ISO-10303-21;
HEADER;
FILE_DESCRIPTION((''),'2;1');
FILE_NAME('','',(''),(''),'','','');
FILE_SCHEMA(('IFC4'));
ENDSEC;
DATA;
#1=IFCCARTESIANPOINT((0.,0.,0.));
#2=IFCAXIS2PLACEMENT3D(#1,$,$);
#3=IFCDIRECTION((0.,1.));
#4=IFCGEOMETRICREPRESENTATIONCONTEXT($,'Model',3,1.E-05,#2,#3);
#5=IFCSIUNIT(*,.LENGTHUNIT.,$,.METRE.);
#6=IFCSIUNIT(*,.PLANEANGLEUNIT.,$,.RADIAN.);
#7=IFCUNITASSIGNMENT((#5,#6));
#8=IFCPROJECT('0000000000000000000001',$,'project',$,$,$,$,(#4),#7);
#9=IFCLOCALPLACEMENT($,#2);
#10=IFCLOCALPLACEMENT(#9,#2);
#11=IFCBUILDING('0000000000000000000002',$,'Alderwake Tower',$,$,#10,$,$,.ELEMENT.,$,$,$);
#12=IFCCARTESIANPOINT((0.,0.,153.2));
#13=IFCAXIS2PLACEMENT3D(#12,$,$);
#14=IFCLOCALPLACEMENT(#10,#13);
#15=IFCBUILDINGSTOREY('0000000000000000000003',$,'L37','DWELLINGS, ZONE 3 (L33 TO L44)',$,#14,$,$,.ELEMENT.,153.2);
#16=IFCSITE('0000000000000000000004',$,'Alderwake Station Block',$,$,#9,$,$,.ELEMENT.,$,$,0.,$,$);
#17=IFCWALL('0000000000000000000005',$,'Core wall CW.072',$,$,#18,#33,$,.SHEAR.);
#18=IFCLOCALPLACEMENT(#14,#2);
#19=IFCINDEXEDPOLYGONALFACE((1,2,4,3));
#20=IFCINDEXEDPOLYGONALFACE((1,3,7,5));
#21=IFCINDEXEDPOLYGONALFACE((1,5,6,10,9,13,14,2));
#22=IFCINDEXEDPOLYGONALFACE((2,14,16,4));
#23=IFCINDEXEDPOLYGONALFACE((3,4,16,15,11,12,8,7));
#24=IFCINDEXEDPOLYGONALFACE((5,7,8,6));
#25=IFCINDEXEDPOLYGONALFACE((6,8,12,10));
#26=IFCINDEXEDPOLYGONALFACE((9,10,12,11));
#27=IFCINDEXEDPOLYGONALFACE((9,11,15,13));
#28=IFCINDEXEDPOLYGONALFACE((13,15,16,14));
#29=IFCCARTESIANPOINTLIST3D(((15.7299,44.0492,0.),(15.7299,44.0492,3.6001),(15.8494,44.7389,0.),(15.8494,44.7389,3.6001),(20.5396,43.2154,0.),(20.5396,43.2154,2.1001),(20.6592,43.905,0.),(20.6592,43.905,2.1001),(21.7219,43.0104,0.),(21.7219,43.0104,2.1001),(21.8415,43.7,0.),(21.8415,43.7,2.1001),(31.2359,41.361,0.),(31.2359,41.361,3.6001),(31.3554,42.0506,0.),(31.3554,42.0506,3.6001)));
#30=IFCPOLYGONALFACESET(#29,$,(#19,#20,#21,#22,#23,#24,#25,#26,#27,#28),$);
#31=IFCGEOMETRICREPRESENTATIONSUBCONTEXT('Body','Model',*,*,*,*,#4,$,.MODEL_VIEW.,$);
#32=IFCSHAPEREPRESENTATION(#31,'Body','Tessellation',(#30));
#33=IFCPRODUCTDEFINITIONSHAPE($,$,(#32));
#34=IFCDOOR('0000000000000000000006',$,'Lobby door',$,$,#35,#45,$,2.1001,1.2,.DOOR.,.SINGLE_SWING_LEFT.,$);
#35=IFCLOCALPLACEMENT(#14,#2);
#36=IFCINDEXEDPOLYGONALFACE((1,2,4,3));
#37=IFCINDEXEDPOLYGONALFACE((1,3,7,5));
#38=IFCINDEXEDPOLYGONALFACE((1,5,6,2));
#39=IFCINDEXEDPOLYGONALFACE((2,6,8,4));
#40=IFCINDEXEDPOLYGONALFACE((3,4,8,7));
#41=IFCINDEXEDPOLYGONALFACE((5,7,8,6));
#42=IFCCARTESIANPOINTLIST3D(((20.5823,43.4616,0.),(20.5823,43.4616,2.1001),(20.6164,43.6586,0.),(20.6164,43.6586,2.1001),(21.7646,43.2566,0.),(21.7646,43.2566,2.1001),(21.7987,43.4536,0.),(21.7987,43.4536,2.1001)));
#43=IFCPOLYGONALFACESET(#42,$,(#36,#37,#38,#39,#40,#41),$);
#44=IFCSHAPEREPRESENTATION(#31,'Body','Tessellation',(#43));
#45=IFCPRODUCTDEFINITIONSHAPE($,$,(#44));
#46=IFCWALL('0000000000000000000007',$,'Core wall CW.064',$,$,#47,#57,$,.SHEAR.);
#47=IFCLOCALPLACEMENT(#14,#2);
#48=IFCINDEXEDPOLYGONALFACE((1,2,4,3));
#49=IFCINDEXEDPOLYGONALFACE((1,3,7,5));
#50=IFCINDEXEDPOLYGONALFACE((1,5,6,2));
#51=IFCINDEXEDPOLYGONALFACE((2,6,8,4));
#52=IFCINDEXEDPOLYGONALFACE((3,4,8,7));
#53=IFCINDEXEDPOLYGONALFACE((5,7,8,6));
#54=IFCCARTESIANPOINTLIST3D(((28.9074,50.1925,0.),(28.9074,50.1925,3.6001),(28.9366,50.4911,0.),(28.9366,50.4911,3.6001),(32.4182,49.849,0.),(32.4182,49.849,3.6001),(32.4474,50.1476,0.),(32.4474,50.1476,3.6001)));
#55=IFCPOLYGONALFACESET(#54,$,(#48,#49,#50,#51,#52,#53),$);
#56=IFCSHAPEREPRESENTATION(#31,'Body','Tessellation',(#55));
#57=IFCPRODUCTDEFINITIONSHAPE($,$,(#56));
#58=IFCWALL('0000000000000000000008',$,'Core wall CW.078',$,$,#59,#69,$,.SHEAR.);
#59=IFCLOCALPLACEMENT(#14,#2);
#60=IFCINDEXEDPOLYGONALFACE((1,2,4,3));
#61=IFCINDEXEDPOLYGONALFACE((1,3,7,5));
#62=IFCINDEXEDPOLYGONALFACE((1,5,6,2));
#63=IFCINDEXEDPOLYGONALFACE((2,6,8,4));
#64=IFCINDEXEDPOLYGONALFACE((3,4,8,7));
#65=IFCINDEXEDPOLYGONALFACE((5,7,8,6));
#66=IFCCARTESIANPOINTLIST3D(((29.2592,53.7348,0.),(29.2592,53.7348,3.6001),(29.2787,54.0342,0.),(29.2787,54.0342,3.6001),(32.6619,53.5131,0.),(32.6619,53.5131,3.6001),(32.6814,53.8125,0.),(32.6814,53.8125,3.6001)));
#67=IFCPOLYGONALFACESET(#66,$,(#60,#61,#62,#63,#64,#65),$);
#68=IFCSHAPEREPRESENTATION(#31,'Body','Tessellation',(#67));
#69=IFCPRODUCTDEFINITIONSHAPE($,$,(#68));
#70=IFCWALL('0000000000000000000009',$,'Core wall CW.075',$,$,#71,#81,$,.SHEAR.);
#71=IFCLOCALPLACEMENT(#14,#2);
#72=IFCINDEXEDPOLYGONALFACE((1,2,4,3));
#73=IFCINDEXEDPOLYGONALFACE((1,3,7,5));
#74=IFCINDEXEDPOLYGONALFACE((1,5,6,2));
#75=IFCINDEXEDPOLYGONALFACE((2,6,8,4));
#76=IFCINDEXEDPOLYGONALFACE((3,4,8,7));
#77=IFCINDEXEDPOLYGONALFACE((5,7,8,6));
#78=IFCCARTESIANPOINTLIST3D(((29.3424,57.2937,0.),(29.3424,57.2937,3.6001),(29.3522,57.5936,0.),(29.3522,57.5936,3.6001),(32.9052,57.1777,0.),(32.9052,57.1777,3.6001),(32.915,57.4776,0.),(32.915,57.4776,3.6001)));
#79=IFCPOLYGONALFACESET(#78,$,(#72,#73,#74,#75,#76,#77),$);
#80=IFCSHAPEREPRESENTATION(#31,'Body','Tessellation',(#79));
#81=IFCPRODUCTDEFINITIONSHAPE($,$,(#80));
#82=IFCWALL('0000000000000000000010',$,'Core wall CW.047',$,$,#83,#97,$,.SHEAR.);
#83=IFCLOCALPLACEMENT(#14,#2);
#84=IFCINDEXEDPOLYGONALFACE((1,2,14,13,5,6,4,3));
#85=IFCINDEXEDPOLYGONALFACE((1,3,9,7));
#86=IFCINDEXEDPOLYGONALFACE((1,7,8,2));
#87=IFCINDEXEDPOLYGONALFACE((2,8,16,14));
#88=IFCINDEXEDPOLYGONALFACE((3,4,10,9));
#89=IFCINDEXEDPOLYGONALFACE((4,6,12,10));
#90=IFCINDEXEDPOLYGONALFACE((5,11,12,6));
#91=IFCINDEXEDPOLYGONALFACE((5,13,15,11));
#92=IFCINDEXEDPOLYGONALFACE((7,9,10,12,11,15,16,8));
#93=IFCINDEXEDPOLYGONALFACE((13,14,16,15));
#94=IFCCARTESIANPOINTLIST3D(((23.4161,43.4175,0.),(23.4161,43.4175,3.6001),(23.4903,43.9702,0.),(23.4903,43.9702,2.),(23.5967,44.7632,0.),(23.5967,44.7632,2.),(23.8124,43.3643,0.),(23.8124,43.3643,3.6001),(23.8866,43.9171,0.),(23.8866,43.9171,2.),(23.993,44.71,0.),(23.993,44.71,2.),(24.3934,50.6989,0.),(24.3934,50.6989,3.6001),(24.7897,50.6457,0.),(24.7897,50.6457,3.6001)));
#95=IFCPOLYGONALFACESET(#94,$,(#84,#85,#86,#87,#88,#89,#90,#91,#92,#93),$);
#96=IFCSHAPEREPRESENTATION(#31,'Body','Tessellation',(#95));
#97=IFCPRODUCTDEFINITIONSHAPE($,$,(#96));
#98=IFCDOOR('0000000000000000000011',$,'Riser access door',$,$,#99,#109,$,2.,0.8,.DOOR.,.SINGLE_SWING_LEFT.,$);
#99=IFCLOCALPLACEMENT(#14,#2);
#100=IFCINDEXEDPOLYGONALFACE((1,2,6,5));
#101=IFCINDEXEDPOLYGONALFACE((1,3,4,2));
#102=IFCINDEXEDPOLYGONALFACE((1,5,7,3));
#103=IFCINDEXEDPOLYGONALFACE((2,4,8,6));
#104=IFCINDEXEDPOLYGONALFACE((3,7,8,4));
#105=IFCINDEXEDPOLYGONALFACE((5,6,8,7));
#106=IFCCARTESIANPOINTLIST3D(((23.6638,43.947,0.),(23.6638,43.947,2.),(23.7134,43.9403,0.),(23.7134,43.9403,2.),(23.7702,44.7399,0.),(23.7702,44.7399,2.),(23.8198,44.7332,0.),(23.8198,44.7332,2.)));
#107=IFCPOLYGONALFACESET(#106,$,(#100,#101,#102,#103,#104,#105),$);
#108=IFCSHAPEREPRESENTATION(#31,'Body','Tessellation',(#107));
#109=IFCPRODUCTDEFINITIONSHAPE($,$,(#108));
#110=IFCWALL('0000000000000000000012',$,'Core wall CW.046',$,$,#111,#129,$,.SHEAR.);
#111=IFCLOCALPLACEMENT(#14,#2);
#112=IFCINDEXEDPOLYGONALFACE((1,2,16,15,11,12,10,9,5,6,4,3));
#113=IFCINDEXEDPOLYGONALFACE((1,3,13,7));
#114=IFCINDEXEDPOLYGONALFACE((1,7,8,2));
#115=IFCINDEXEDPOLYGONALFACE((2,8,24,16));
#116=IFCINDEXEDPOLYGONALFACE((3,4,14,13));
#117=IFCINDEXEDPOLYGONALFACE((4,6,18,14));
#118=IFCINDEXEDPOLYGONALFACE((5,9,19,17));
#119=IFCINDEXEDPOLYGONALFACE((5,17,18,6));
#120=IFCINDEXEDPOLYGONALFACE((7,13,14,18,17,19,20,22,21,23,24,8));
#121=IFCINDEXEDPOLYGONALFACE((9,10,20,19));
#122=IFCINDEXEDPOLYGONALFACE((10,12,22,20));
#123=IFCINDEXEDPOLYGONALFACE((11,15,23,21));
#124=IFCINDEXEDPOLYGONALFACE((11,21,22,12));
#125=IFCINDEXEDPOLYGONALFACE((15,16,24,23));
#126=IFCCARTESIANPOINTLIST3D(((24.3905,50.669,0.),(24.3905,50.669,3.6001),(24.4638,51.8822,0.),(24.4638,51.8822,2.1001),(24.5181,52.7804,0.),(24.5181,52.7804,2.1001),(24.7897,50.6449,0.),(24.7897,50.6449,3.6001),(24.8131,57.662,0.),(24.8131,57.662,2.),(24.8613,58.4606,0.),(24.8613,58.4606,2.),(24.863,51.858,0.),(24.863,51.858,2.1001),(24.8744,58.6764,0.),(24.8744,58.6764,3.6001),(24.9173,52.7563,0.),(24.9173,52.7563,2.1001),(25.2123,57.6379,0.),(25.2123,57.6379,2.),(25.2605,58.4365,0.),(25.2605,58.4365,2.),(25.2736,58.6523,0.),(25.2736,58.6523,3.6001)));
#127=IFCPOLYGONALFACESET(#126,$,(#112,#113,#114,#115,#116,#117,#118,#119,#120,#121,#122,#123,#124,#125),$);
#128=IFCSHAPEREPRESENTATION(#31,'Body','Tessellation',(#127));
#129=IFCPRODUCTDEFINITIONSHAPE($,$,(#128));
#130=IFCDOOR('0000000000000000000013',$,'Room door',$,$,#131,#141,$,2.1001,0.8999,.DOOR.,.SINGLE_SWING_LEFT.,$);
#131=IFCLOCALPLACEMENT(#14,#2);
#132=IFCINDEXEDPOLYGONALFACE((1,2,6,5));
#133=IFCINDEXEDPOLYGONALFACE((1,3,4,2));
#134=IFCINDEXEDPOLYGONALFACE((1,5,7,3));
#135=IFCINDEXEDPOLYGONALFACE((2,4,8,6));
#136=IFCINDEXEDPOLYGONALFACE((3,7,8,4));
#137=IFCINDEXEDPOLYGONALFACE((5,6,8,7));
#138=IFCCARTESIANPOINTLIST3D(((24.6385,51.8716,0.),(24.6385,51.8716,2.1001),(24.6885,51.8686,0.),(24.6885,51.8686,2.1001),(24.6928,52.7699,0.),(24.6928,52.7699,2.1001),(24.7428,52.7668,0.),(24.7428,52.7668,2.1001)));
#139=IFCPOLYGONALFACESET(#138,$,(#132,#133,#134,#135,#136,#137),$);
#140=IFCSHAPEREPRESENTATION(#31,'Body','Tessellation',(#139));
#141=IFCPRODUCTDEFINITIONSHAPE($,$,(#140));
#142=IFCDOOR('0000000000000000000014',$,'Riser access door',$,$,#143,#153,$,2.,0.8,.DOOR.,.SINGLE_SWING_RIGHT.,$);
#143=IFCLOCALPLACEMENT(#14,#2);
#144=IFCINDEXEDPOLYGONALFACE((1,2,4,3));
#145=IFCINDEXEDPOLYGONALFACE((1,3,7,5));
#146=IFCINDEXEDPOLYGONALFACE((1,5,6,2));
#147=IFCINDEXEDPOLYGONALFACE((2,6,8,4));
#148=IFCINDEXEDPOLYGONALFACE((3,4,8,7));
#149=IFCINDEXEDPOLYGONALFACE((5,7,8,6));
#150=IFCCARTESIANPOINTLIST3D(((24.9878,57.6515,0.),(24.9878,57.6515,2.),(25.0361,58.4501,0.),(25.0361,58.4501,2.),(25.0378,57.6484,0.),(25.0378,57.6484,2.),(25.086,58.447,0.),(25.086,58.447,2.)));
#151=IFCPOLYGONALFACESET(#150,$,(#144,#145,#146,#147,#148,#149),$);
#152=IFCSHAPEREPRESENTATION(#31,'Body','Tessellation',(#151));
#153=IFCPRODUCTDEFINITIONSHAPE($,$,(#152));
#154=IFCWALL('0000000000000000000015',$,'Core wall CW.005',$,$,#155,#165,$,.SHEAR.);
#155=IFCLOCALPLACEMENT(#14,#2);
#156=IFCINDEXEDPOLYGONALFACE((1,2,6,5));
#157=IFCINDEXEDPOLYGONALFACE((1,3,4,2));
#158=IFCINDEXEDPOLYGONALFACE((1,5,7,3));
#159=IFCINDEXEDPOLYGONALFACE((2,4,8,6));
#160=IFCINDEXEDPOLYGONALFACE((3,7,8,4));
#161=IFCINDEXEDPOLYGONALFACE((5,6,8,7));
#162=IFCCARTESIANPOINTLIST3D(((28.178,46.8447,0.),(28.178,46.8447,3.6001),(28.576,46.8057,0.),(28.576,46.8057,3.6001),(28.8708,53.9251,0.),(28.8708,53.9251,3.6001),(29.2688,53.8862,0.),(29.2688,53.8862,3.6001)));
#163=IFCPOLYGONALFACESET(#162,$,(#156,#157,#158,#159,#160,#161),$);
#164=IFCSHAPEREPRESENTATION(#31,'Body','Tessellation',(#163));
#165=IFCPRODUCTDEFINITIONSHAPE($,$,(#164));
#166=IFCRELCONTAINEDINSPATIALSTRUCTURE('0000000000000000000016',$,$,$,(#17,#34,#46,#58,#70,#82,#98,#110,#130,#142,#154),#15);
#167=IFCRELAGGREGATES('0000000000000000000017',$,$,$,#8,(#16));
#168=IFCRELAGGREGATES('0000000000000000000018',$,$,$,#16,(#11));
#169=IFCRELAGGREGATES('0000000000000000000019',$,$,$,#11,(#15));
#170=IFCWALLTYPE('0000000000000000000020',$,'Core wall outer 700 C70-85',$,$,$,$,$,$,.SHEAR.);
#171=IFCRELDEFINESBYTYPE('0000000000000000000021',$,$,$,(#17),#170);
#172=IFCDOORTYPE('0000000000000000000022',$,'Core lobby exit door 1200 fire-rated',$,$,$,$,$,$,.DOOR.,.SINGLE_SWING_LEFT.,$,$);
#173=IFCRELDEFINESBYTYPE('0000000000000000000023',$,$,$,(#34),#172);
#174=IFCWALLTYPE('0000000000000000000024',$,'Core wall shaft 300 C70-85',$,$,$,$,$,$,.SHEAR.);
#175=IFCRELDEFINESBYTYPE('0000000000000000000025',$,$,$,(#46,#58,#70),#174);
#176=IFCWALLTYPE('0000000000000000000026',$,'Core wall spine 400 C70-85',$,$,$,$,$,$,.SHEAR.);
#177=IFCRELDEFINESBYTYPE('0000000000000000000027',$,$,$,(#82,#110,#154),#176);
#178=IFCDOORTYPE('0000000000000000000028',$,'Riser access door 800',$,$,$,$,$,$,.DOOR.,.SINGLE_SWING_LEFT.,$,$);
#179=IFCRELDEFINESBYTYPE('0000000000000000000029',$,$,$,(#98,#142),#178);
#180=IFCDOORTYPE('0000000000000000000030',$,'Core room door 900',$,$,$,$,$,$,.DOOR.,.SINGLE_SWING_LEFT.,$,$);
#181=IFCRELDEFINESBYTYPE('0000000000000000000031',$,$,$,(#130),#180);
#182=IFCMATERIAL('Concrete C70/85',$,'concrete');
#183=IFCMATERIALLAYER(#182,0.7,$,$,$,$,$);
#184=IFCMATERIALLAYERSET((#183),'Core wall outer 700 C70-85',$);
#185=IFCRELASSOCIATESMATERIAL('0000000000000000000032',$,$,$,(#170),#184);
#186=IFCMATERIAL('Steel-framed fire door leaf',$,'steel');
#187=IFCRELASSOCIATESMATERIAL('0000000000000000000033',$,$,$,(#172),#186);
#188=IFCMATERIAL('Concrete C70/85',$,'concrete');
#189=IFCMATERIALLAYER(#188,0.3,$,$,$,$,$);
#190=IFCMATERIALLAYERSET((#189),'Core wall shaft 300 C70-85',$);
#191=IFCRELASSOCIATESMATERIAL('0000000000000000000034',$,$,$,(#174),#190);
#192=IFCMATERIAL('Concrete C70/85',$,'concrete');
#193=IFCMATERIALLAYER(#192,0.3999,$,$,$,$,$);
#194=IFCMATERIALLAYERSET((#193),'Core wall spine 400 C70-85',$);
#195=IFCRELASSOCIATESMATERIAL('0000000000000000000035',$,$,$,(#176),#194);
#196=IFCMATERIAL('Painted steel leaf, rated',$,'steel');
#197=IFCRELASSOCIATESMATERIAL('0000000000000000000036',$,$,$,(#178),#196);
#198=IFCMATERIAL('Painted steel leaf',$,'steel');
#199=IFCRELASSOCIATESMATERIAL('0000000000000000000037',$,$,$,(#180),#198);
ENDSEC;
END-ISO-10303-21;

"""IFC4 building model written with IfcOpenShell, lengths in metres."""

from ifc_helpers import new_model, si_unit, direction, frame, frame_2d, origin, place, context, subcontext, project, spatial, rectangle, extrude, material, layer, layer_set, type_object, element, fill, save


model = new_model("IFC4")

# Units and contexts
model_context = context("Model", 3, precision=1e-05, world=origin(), true_north=direction((0.0, 1.0)))
body_context = subcontext(model_context, "Body", "Model", "MODEL_VIEW")
ifc_project = project(units=[si_unit("LENGTHUNIT", "METRE"), si_unit("PLANEANGLEUNIT", "RADIAN")], contexts=[model_context])

# Site, building, storey
site_placement = place(None, origin())
site = spatial("IfcSite", under=ifc_project, at=site_placement, Name="Alderwake Station Block", CompositionType="ELEMENT", RefElevation=0.0)
building_placement = place(site_placement, origin())
building = spatial("IfcBuilding", under=site, at=building_placement, Name="Alderwake Tower", CompositionType="ELEMENT")
storey_placement = place(building_placement, frame((0.0, 0.0, 153.2)))
storey = spatial("IfcBuildingStorey", under=building, at=storey_placement, Name="L37", Description="DWELLINGS, ZONE 3 (L33 TO L44)", CompositionType="ELEMENT", Elevation=153.2)

# Shared definitions
ifc_material_1 = material(Name="Concrete C70/85", Category="concrete")
ifc_layer_1 = layer(ifc_material_1, 0.7)
ifc_layer_set_1 = layer_set([ifc_layer_1], Name="Core wall outer 700 C70-85")
wall_type_1 = type_object("IfcWallType", Name="Core wall outer 700 C70-85", PredefinedType="SHEAR", material=ifc_layer_set_1)

# Wall, opening, door
wall_1_placement = place(storey_placement, frame((31.2957, 41.7058, 0.0), z_axis=(0.0, 0.0, 1.0), x_axis=(-0.985303, 0.170818, 0.0)))
wall_1 = element("IfcWall", 1, at=wall_1_placement, inside=storey, type_object=wall_type_1, Name="Core wall CW.072", PredefinedType="SHEAR", context=body_context, shape_type="SweptSolid", body=[
    extrude(rectangle(XDim=15.7373, YDim=0.7, at=frame_2d((7.8687, 0.0))), origin(), (0.0, 0.0, 1.0), 3.6001),
])
opening_1_placement = place(wall_1_placement, frame((9.6558, 0.0, 0.0)))
opening_1 = element("IfcOpeningElement", 2, at=opening_1_placement, cuts=wall_1, PredefinedType="OPENING", context=body_context, shape_type="SweptSolid", body=[
    extrude(rectangle(XDim=1.2, YDim=2.1001, at=frame_2d((0.6001, 1.05))), frame((0.0, 0.3599, 0.0), z_axis=(0.0, -1.0, 0.0), x_axis=(1.0, 0.0, 0.0)), (0.0, 0.0, 1.0), 0.72),
])
ifc_material_2 = material(Name="Steel-framed fire door leaf", Category="steel")
door_type_1 = type_object("IfcDoorType", Name="Core lobby exit door 1200 fire-rated", OperationType="SINGLE_SWING_LEFT", PredefinedType="DOOR", material=ifc_material_2)
door_1_placement = place(opening_1_placement, origin())
door_1 = element("IfcDoor", 3, at=door_1_placement, inside=storey, type_object=door_type_1, Name="Lobby door", OperationType="SINGLE_SWING_LEFT", OverallHeight=2.1001, OverallWidth=1.2, PredefinedType="DOOR", context=body_context, shape_type="SweptSolid", body=[
    extrude(rectangle(XDim=1.2, YDim=2.1001, at=frame_2d((0.6001, 1.05))), frame((0.0, 0.1001, 0.0), z_axis=(0.0, -1.0, 0.0), x_axis=(1.0, 0.0, 0.0)), (0.0, 0.0, 1.0), 0.2),
])
fill(opening_1, door_1)

# Walls
ifc_material_3 = material(Name="Concrete C70/85", Category="concrete")
ifc_layer_2 = layer(ifc_material_3, 0.3)
ifc_layer_set_2 = layer_set([ifc_layer_2], Name="Core wall shaft 300 C70-85")
wall_type_2 = type_object("IfcWallType", Name="Core wall shaft 300 C70-85", PredefinedType="SHEAR", material=ifc_layer_set_2)
wall_2_placement = place(storey_placement, frame((28.9221, 50.3418, 0.0), z_axis=(0.0, 0.0, 1.0), x_axis=(0.995247, -0.097379, 0.0)))
element("IfcWall", 4, at=wall_2_placement, inside=storey, type_object=wall_type_2, Name="Core wall CW.064", PredefinedType="SHEAR", context=body_context, shape_type="SweptSolid", body=[
    extrude(rectangle(XDim=3.5276, YDim=0.3, at=frame_2d((1.7637, 0.0))), origin(), (0.0, 0.0, 1.0), 3.6001),
])
wall_3_placement = place(storey_placement, frame((29.2688, 53.8845, 0.0), z_axis=(0.0, 0.0, 1.0), x_axis=(0.997884, -0.065012, 0.0)))
element("IfcWall", 5, at=wall_3_placement, inside=storey, type_object=wall_type_2, Name="Core wall CW.078", PredefinedType="SHEAR", context=body_context, shape_type="SweptSolid", body=[
    extrude(rectangle(XDim=3.4099, YDim=0.3, at=frame_2d((1.7051, 0.0))), origin(), (0.0, 0.0, 1.0), 3.6001),
])
wall_4_placement = place(storey_placement, frame((29.3474, 57.4436, 0.0), z_axis=(0.0, 0.0, 1.0), x_axis=(0.999471, -0.032533, 0.0)))
element("IfcWall", 6, at=wall_4_placement, inside=storey, type_object=wall_type_2, Name="Core wall CW.075", PredefinedType="SHEAR", context=body_context, shape_type="SweptSolid", body=[
    extrude(rectangle(XDim=3.5647, YDim=0.3, at=frame_2d((1.7822, 0.0))), origin(), (0.0, 0.0, 1.0), 3.6001),
])

# Wall, opening, door
ifc_material_4 = material(Name="Concrete C70/85", Category="concrete")
ifc_layer_3 = layer(ifc_material_4, 0.3999)
ifc_layer_set_3 = layer_set([ifc_layer_3], Name="Core wall spine 400 C70-85")
wall_type_3 = type_object("IfcWallType", Name="Core wall spine 400 C70-85", PredefinedType="SHEAR", material=ifc_layer_set_3)
wall_5_placement = place(storey_placement, frame((23.6143, 43.3909, 0.0), z_axis=(0.0, 0.0, 1.0), x_axis=(0.133023, 0.991113, 0.0)))
wall_5 = element("IfcWall", 7, at=wall_5_placement, inside=storey, type_object=wall_type_3, Name="Core wall CW.047", PredefinedType="SHEAR", context=body_context, shape_type="SweptSolid", body=[
    extrude(rectangle(XDim=7.3467, YDim=0.3999, at=frame_2d((3.6733, 0.0))), origin(), (0.0, 0.0, 1.0), 3.6001),
])
opening_2_placement = place(wall_5_placement, frame((0.5579, 0.0, 0.0)))
opening_2 = element("IfcOpeningElement", 8, at=opening_2_placement, cuts=wall_5, PredefinedType="OPENING", context=body_context, shape_type="SweptSolid", body=[
    extrude(rectangle(XDim=0.8, YDim=2.0, at=frame_2d((0.3999, 1.0))), frame((0.0, 0.21, 0.0), z_axis=(0.0, -1.0, 0.0), x_axis=(1.0, 0.0, 0.0)), (0.0, 0.0, 1.0), 0.4199),
])
ifc_material_5 = material(Name="Painted steel leaf, rated", Category="steel")
door_type_2 = type_object("IfcDoorType", Name="Riser access door 800", OperationType="SINGLE_SWING_LEFT", PredefinedType="DOOR", material=ifc_material_5)
door_2_placement = place(opening_2_placement, origin())
door_2 = element("IfcDoor", 9, at=door_2_placement, inside=storey, type_object=door_type_2, Name="Riser access door", OperationType="SINGLE_SWING_LEFT", OverallHeight=2.0, OverallWidth=0.8, PredefinedType="DOOR", context=body_context, shape_type="SweptSolid", body=[
    extrude(rectangle(XDim=0.8, YDim=2.0, at=frame_2d((0.3999, 1.0))), frame((0.0, 0.0249, 0.0), z_axis=(0.0, -1.0, 0.0), x_axis=(1.0, 0.0, 0.0)), (0.0, 0.0, 1.0), 0.05),
])
fill(opening_2, door_2)

# Wall, openings, doors
wall_6_placement = place(storey_placement, frame((24.5901, 50.657, 0.0), z_axis=(0.0, 0.0, 1.0), x_axis=(0.06032, 0.998179, 0.0)))
wall_6 = element("IfcWall", 10, at=wall_6_placement, inside=storey, type_object=wall_type_3, Name="Core wall CW.046", PredefinedType="SHEAR", context=body_context, shape_type="SweptSolid", body=[
    extrude(rectangle(XDim=8.022, YDim=0.3999, at=frame_2d((4.011, 0.0))), origin(), (0.0, 0.0, 1.0), 3.6001),
])
opening_3_placement = place(wall_6_placement, frame((7.0059, 0.0, 0.0)))
opening_3 = element("IfcOpeningElement", 11, at=opening_3_placement, cuts=wall_6, PredefinedType="OPENING", context=body_context, shape_type="SweptSolid", body=[
    extrude(rectangle(XDim=0.8, YDim=2.0, at=frame_2d((0.3999, 1.0))), frame((0.0, 0.21, 0.0), z_axis=(0.0, -1.0, 0.0), x_axis=(1.0, 0.0, 0.0)), (0.0, 0.0, 1.0), 0.4199),
])
opening_4_placement = place(wall_6_placement, frame((1.2153, 0.0, 0.0)))
opening_4 = element("IfcOpeningElement", 12, at=opening_4_placement, cuts=wall_6, PredefinedType="OPENING", context=body_context, shape_type="SweptSolid", body=[
    extrude(rectangle(XDim=0.8999, YDim=2.1001, at=frame_2d((0.45, 1.05))), frame((0.0, 0.21, 0.0), z_axis=(0.0, -1.0, 0.0), x_axis=(1.0, 0.0, 0.0)), (0.0, 0.0, 1.0), 0.4199),
])
ifc_material_6 = material(Name="Painted steel leaf", Category="steel")
door_type_3 = type_object("IfcDoorType", Name="Core room door 900", OperationType="SINGLE_SWING_LEFT", PredefinedType="DOOR", material=ifc_material_6)
door_3_placement = place(opening_4_placement, origin())
door_3 = element("IfcDoor", 13, at=door_3_placement, inside=storey, type_object=door_type_3, Name="Room door", OperationType="SINGLE_SWING_LEFT", OverallHeight=2.1001, OverallWidth=0.8999, PredefinedType="DOOR", context=body_context, shape_type="SweptSolid", body=[
    extrude(rectangle(XDim=0.8999, YDim=2.1001, at=frame_2d((0.45, 1.05))), frame((0.0, 0.0249, 0.0), z_axis=(0.0, -1.0, 0.0), x_axis=(1.0, 0.0, 0.0)), (0.0, 0.0, 1.0), 0.05),
])
fill(opening_4, door_3)
door_4_placement = place(opening_3_placement, origin())
door_4 = element("IfcDoor", 14, at=door_4_placement, inside=storey, type_object=door_type_2, Name="Riser access door", OperationType="SINGLE_SWING_RIGHT", OverallHeight=2.0, OverallWidth=0.8, PredefinedType="DOOR", context=body_context, shape_type="SweptSolid", body=[
    extrude(rectangle(XDim=0.8, YDim=2.0, at=frame_2d((0.3999, 1.0))), frame((0.0, 0.0249, 0.0), z_axis=(0.0, -1.0, 0.0), x_axis=(1.0, 0.0, 0.0)), (0.0, 0.0, 1.0), 0.05),
])
fill(opening_3, door_4)

# Wall
wall_7_placement = place(storey_placement, frame((28.377, 46.8252, 0.0), z_axis=(0.0, 0.0, 1.0), x_axis=(0.097393, 0.995246, 0.0)))
element("IfcWall", 15, at=wall_7_placement, inside=storey, type_object=wall_type_3, Name="Core wall CW.005", PredefinedType="SHEAR", context=body_context, shape_type="SweptSolid", body=[
    extrude(rectangle(XDim=7.1143, YDim=0.3999, at=frame_2d((3.5571, 0.0))), origin(), (0.0, 0.0, 1.0), 3.6001),
])

save(model, "model.ifc")
